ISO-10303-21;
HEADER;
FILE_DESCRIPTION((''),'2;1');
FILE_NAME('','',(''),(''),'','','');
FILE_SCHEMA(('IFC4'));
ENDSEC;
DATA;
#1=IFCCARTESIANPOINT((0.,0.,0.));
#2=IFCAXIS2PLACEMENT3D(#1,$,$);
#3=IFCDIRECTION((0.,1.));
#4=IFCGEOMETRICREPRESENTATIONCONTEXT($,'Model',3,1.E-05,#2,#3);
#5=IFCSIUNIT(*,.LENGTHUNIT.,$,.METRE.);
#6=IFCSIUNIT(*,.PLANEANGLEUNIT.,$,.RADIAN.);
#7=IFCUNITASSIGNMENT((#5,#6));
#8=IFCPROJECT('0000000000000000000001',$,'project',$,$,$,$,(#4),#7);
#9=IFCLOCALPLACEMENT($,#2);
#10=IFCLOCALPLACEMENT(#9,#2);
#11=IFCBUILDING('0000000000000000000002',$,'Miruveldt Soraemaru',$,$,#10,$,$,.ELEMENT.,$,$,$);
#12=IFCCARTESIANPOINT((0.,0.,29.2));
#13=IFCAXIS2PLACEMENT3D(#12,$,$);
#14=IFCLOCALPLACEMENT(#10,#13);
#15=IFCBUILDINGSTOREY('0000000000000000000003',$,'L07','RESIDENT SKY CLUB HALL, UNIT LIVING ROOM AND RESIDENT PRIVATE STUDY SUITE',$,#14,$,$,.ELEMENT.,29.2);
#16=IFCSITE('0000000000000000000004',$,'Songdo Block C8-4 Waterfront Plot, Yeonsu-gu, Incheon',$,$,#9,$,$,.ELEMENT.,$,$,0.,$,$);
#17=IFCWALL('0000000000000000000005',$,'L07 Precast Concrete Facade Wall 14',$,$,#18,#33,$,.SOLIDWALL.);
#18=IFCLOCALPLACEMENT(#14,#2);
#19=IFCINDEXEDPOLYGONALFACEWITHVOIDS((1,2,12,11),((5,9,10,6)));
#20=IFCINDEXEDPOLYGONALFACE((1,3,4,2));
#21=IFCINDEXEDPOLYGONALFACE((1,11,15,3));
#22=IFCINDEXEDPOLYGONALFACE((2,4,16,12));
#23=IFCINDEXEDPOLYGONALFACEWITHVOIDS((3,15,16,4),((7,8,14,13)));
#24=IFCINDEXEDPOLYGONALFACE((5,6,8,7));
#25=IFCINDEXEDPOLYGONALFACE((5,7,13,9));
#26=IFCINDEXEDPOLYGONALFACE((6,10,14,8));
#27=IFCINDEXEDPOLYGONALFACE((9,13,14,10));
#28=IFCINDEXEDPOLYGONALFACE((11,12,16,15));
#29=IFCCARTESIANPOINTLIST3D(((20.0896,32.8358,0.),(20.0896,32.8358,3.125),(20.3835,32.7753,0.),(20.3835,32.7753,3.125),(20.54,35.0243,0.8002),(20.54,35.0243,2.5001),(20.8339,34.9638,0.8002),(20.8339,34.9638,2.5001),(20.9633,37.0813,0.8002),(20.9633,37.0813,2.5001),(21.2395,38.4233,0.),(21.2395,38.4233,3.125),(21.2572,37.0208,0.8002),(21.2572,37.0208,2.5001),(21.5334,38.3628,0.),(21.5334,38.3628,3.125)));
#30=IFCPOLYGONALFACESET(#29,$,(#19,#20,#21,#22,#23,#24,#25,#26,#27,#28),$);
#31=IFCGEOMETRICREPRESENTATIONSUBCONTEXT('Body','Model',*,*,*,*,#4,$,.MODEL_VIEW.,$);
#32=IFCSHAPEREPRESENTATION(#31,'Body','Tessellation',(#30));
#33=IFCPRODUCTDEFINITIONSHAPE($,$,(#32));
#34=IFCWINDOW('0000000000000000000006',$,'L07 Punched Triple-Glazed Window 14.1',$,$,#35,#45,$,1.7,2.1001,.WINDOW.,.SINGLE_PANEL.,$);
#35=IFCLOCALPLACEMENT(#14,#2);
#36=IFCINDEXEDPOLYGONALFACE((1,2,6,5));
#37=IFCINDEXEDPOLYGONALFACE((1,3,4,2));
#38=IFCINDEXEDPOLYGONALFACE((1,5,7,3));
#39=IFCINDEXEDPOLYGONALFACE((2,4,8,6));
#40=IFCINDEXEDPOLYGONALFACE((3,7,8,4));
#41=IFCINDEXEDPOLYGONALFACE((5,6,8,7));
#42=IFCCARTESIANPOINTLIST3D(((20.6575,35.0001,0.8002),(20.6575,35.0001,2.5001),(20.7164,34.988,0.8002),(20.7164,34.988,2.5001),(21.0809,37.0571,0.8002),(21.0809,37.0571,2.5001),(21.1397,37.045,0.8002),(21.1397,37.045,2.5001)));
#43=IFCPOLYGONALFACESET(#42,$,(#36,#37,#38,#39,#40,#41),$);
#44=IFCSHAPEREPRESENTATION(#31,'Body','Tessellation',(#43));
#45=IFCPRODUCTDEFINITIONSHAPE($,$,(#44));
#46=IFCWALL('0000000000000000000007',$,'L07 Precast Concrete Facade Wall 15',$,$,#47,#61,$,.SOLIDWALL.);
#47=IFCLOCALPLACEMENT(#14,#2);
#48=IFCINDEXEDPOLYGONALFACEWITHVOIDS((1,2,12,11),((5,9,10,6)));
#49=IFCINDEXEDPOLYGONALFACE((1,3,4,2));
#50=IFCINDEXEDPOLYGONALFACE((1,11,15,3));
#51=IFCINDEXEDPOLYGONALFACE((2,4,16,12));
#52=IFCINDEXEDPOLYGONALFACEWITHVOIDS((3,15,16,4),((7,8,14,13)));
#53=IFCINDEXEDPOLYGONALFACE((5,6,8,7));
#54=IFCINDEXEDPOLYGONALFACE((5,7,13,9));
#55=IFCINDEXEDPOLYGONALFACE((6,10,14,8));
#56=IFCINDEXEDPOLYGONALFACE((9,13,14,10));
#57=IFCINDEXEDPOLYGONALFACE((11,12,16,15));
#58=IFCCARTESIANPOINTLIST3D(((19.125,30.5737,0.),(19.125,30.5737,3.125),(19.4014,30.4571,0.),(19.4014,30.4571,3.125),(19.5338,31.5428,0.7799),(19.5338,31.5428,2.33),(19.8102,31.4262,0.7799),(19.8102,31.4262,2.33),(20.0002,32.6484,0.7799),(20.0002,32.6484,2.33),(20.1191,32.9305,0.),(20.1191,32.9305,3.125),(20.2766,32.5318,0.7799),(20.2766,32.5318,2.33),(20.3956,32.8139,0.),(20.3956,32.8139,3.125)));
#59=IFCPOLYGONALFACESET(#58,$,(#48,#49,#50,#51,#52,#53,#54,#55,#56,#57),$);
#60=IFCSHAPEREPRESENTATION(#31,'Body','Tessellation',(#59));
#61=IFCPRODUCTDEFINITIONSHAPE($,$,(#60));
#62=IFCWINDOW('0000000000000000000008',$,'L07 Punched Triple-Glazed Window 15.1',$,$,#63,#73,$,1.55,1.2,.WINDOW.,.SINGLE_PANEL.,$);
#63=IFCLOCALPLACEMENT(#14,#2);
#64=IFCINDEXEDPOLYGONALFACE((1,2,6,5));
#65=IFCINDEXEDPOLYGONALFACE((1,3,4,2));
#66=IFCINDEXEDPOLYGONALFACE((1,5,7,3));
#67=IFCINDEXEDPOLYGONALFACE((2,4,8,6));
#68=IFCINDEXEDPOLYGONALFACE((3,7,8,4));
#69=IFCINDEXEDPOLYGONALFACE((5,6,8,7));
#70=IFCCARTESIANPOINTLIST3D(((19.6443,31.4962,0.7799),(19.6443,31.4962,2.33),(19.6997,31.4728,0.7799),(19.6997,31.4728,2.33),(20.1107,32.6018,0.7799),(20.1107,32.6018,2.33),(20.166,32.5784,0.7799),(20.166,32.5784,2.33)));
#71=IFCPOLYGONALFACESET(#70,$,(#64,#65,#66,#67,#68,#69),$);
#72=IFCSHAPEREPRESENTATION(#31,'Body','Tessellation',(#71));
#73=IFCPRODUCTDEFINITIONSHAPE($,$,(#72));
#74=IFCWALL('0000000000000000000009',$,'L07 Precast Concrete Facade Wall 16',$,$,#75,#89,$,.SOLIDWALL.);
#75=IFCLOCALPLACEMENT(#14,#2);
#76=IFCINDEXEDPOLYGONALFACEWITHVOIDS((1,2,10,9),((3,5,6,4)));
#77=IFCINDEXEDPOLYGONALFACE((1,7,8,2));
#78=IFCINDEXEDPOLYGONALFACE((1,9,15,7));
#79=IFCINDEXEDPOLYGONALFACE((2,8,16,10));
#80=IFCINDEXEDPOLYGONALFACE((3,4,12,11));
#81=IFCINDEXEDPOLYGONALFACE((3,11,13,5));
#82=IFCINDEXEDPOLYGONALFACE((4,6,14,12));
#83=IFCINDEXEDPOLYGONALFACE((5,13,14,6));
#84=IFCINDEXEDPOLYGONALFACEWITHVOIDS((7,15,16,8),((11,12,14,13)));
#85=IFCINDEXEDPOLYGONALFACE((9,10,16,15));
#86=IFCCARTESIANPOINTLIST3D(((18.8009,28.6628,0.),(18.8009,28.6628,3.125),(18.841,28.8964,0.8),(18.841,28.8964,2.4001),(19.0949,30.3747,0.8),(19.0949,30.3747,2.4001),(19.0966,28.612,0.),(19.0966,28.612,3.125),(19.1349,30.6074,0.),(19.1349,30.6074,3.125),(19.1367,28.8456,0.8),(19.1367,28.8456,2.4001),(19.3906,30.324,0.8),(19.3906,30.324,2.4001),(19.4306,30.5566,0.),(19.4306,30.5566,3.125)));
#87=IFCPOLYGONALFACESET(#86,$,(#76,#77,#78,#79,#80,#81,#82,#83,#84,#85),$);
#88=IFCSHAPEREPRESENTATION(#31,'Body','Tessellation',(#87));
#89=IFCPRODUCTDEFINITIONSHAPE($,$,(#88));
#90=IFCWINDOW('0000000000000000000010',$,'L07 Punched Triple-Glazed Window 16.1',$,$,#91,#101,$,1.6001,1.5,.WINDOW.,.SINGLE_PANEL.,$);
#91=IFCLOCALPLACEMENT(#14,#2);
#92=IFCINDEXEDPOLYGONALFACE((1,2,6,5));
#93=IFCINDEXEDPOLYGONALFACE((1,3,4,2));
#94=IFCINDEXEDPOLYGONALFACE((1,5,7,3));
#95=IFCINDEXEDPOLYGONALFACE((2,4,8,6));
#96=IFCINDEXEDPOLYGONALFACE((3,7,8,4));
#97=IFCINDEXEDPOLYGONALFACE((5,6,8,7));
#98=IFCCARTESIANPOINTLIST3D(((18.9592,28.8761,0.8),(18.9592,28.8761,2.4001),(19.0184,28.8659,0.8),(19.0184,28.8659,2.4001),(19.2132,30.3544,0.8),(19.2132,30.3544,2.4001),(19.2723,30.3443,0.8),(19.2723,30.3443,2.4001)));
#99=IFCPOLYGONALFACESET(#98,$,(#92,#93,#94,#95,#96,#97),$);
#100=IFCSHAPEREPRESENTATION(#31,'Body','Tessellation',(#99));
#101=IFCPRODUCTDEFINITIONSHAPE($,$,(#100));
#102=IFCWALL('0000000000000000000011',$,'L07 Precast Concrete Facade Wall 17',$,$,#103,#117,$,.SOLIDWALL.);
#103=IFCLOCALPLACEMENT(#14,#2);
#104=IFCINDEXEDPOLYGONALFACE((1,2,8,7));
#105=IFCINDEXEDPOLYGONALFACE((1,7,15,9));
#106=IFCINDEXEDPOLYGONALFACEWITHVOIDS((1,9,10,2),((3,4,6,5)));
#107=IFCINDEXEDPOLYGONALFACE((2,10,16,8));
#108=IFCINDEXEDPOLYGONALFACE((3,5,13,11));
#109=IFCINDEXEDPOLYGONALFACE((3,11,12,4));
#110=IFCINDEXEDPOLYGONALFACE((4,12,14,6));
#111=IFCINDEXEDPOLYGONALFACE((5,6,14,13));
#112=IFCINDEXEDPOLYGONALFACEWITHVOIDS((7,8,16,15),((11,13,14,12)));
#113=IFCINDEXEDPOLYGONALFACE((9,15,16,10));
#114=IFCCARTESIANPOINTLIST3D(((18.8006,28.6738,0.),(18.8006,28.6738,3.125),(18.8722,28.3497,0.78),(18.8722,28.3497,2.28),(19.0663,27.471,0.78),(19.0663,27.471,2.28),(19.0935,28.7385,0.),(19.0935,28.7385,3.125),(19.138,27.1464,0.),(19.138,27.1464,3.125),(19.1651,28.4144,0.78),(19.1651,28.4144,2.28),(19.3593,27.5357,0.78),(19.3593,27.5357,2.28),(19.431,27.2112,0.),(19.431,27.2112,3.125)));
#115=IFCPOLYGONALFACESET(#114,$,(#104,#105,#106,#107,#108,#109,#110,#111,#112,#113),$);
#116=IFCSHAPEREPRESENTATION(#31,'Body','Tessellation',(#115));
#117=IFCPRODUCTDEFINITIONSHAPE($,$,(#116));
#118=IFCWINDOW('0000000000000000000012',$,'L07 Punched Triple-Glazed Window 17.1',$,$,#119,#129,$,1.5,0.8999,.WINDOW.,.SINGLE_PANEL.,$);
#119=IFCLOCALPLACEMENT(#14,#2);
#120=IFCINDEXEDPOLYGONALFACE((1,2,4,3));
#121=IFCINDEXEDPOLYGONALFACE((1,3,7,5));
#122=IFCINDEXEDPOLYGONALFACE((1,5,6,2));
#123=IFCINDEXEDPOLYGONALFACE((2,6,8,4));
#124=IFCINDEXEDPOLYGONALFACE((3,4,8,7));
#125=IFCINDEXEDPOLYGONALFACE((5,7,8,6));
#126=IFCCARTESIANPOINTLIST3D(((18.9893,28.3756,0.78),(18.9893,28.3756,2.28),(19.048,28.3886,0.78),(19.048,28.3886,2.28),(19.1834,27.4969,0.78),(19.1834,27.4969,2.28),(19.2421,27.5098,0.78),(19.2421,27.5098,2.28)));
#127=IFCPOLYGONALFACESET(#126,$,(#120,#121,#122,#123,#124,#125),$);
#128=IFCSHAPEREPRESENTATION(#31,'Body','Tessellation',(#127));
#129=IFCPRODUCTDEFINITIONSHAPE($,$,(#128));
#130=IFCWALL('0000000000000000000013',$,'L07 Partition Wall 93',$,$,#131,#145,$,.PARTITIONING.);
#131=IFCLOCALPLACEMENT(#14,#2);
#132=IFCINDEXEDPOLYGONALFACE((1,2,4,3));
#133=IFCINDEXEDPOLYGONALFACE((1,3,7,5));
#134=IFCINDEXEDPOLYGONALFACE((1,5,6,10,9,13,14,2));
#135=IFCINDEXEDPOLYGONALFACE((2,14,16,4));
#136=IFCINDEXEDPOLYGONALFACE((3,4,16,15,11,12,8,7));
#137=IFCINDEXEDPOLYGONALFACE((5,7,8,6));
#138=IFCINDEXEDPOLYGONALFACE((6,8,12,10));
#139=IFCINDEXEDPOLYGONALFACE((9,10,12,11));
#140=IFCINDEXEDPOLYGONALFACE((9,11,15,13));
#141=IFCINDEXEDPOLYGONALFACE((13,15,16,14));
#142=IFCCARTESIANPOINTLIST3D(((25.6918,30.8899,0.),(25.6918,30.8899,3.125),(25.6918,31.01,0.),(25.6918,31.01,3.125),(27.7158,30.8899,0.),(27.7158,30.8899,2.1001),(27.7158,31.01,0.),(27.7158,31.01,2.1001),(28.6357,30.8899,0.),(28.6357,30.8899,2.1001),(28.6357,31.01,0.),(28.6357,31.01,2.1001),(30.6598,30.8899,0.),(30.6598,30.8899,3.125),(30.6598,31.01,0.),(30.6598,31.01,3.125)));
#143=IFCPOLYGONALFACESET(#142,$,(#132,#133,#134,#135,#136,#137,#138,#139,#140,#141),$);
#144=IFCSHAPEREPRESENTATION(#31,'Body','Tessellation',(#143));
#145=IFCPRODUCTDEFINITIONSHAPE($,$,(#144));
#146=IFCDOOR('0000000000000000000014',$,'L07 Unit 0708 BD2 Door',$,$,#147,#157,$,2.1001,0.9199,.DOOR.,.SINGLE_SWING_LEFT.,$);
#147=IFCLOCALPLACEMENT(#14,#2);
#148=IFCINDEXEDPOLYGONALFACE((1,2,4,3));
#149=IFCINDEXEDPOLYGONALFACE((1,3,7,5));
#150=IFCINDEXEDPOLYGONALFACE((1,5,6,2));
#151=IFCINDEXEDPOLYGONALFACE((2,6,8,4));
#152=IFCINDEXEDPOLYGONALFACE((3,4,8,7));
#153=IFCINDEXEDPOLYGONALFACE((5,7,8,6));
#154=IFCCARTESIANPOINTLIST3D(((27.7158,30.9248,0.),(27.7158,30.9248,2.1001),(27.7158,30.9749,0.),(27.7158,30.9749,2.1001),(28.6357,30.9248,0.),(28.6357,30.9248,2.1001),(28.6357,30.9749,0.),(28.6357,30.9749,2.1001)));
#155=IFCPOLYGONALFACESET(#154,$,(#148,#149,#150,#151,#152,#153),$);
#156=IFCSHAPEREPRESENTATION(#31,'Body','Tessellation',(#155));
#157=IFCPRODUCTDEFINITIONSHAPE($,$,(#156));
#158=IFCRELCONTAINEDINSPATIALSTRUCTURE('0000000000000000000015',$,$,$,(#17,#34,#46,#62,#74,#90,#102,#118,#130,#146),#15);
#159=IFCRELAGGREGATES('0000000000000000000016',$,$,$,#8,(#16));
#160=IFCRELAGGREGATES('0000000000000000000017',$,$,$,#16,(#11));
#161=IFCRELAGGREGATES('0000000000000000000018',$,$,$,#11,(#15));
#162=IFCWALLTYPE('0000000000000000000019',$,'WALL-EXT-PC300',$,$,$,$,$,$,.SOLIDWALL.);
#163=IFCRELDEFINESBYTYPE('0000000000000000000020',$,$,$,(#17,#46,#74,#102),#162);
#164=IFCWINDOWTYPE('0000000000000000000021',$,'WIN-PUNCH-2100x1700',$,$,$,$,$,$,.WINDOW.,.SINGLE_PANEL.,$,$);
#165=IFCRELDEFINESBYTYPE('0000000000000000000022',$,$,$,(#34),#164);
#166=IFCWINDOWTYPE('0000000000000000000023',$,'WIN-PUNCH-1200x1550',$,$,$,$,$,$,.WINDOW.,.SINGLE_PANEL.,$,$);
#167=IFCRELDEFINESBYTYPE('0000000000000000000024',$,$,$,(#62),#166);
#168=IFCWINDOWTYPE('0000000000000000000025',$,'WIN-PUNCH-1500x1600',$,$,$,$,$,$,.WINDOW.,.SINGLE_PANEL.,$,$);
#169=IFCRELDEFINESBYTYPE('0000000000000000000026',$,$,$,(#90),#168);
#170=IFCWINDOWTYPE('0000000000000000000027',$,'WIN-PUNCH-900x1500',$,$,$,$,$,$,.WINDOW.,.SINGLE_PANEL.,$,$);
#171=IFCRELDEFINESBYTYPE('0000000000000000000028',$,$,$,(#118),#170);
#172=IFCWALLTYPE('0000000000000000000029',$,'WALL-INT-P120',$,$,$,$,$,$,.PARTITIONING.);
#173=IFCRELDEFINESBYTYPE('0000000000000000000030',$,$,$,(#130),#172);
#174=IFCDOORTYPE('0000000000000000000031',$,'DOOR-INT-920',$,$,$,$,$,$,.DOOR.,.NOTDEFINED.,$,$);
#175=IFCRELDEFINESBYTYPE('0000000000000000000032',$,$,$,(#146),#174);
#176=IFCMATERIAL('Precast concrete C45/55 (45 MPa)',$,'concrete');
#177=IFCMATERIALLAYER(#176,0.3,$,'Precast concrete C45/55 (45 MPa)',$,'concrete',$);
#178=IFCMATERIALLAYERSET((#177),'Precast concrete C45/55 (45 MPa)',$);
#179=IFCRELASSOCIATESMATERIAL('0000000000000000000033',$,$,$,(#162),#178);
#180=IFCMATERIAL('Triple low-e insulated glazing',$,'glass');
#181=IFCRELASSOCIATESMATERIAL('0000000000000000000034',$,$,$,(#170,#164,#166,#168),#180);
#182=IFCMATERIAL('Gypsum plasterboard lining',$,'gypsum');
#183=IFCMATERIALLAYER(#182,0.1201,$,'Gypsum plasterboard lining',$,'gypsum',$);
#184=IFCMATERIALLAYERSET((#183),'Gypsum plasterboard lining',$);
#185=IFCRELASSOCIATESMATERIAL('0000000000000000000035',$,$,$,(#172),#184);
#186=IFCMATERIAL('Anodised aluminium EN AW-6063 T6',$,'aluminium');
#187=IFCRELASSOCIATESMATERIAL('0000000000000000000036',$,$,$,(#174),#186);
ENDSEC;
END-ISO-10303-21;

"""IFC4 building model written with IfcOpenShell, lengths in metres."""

from ifc_helpers import new_model, si_unit, direction, frame, frame_2d, origin, place, context, subcontext, project, spatial, rectangle, extrude, material, layer, layer_set, type_object, element, fill, save


model = new_model("IFC4")

# Units and contexts
model_context = context("Model", 3, precision=1e-05, world=origin(), true_north=direction((0.0, 1.0)))
body_context = subcontext(model_context, "Body", "Model", "MODEL_VIEW")
ifc_project = project(units=[si_unit("LENGTHUNIT", "METRE"), si_unit("PLANEANGLEUNIT", "RADIAN")], contexts=[model_context])

# Site, building, storey
site_placement = place(None, origin())
site = spatial("IfcSite", under=ifc_project, at=site_placement, Name="Songdo Block C8-4 Waterfront Plot, Yeonsu-gu, Incheon", CompositionType="ELEMENT", RefElevation=0.0)
building_placement = place(site_placement, origin())
building = spatial("IfcBuilding", under=site, at=building_placement, Name="Miruveldt Soraemaru", CompositionType="ELEMENT")
storey_placement = place(building_placement, frame((0.0, 0.0, 29.2)))
storey = spatial("IfcBuildingStorey", under=building, at=storey_placement, Name="L07", Description="RESIDENT SKY CLUB HALL, UNIT LIVING ROOM AND RESIDENT PRIVATE STUDY SUITE", CompositionType="ELEMENT", Elevation=29.2)

# Shared definitions
ifc_material_1 = material(Name="Anodised aluminium EN AW-6063 T6", Category="aluminium")

# Walls, openings, windows
ifc_material_2 = material(Name="Precast concrete C45/55 (45 MPa)", Category="concrete")
ifc_layer_1 = layer(ifc_material_2, 0.3, Name="Precast concrete C45/55 (45 MPa)", Category="concrete")
ifc_layer_set_1 = layer_set([ifc_layer_1], Name="Precast concrete C45/55 (45 MPa)")
wall_type_1 = type_object("IfcWallType", Name="WALL-EXT-PC300", PredefinedType="SOLIDWALL", material=ifc_layer_set_1)
ifc_material_3 = material(Name="Triple low-e insulated glazing", Category="glass")
window_type_1 = type_object("IfcWindowType", Name="WIN-PUNCH-900x1500", PartitioningType="SINGLE_PANEL", PredefinedType="WINDOW", material=ifc_material_3)
wall_1_placement = place(storey_placement, frame((21.3865, 38.3931, 0.0), z_axis=(0.0, 0.0, 1.0), x_axis=(-0.201578, -0.979472, 0.0)))
wall_1 = element("IfcWall", 1, at=wall_1_placement, inside=storey, type_object=wall_type_1, Name="L07 Precast Concrete Facade Wall 14", PredefinedType="SOLIDWALL", context=body_context, shape_type="SweptSolid", body=[
    extrude(rectangle(XDim=5.7046, YDim=0.3, at=frame_2d((2.8523, 0.0))), origin(), (0.0, 0.0, 1.0), 3.125),
])
opening_1_placement = place(wall_1_placement, frame((1.3701, 0.0, 0.8)))
opening_1 = element("IfcOpeningElement", 2, at=opening_1_placement, cuts=wall_1, PredefinedType="OPENING", context=body_context, shape_type="SweptSolid", body=[
    extrude(rectangle(XDim=2.1001, YDim=1.7, at=frame_2d((1.05, 0.8501))), frame((0.0, 0.1602, 0.0), z_axis=(0.0, -1.0, 0.0), x_axis=(1.0, 0.0, 0.0)), (0.0, 0.0, 1.0), 0.3201),
])
window_type_2 = type_object("IfcWindowType", Name="WIN-PUNCH-2100x1700", PartitioningType="SINGLE_PANEL", PredefinedType="WINDOW", material=ifc_material_3)
window_1_placement = place(opening_1_placement, origin())
window_1 = element("IfcWindow", 3, at=window_1_placement, inside=storey, type_object=window_type_2, Name="L07 Punched Triple-Glazed Window 14.1", OverallHeight=1.7, OverallWidth=2.1001, PartitioningType="SINGLE_PANEL", PredefinedType="WINDOW", context=body_context, shape_type="SweptSolid", body=[
    extrude(rectangle(XDim=2.1001, YDim=1.7, at=frame_2d((1.05, 0.8501))), frame((0.0, 0.03, 0.0), z_axis=(0.0, -1.0, 0.0), x_axis=(1.0, 0.0, 0.0)), (0.0, 0.0, 1.0), 0.0601),
])
fill(opening_1, window_1)
wall_2_placement = place(storey_placement, frame((20.2573, 32.8721, 0.0), z_axis=(0.0, 0.0, 1.0), x_axis=(-0.388671, -0.921376, 0.0)))
wall_2 = element("IfcWall", 4, at=wall_2_placement, inside=storey, type_object=wall_type_1, Name="L07 Precast Concrete Facade Wall 15", PredefinedType="SOLIDWALL", context=body_context, shape_type="SweptSolid", body=[
    extrude(rectangle(XDim=2.5579, YDim=0.3, at=frame_2d((1.2788, 0.0))), origin(), (0.0, 0.0, 1.0), 3.125),
])
opening_2_placement = place(wall_2_placement, frame((0.3059, 0.0, 0.78)))
opening_2 = element("IfcOpeningElement", 5, at=opening_2_placement, cuts=wall_2, PredefinedType="OPENING", context=body_context, shape_type="SweptSolid", body=[
    extrude(rectangle(XDim=1.2, YDim=1.55, at=frame_2d((0.6001, 0.7749))), frame((0.0, 0.1602, 0.0), z_axis=(0.0, -1.0, 0.0), x_axis=(1.0, 0.0, 0.0)), (0.0, 0.0, 1.0), 0.3201),
])
window_type_3 = type_object("IfcWindowType", Name="WIN-PUNCH-1200x1550", PartitioningType="SINGLE_PANEL", PredefinedType="WINDOW", material=ifc_material_3)
window_2_placement = place(opening_2_placement, origin())
window_2 = element("IfcWindow", 6, at=window_2_placement, inside=storey, type_object=window_type_3, Name="L07 Punched Triple-Glazed Window 15.1", OverallHeight=1.55, OverallWidth=1.2, PartitioningType="SINGLE_PANEL", PredefinedType="WINDOW", context=body_context, shape_type="SweptSolid", body=[
    extrude(rectangle(XDim=1.2, YDim=1.55, at=frame_2d((0.6001, 0.7749))), frame((0.0, 0.03, 0.0), z_axis=(0.0, -1.0, 0.0), x_axis=(1.0, 0.0, 0.0)), (0.0, 0.0, 1.0), 0.0601),
])
fill(opening_2, window_2)
wall_3_placement = place(storey_placement, frame((19.2827, 30.582, 0.0), z_axis=(0.0, 0.0, 1.0), x_axis=(-0.169273, -0.985569, 0.0)))
wall_3 = element("IfcWall", 7, at=wall_3_placement, inside=storey, type_object=wall_type_1, Name="L07 Precast Concrete Facade Wall 16", PredefinedType="SOLIDWALL", context=body_context, shape_type="SweptSolid", body=[
    extrude(rectangle(XDim=1.9731, YDim=0.3, at=frame_2d((0.9866, 0.0))), origin(), (0.0, 0.0, 1.0), 3.125),
])
opening_3_placement = place(wall_3_placement, frame((0.2361, 0.0, 0.8)))
opening_3 = element("IfcOpeningElement", 8, at=opening_3_placement, cuts=wall_3, PredefinedType="OPENING", context=body_context, shape_type="SweptSolid", body=[
    extrude(rectangle(XDim=1.5, YDim=1.6001, at=frame_2d((0.75, 0.8))), frame((0.0, 0.1602, 0.0), z_axis=(0.0, -1.0, 0.0), x_axis=(1.0, 0.0, 0.0)), (0.0, 0.0, 1.0), 0.3201),
])
window_type_4 = type_object("IfcWindowType", Name="WIN-PUNCH-1500x1600", PartitioningType="SINGLE_PANEL", PredefinedType="WINDOW", material=ifc_material_3)
window_3_placement = place(opening_3_placement, origin())
window_3 = element("IfcWindow", 9, at=window_3_placement, inside=storey, type_object=window_type_4, Name="L07 Punched Triple-Glazed Window 16.1", OverallHeight=1.6001, OverallWidth=1.5, PartitioningType="SINGLE_PANEL", PredefinedType="WINDOW", context=body_context, shape_type="SweptSolid", body=[
    extrude(rectangle(XDim=1.5, YDim=1.6001, at=frame_2d((0.75, 0.8))), frame((0.0, 0.03, 0.0), z_axis=(0.0, -1.0, 0.0), x_axis=(1.0, 0.0, 0.0)), (0.0, 0.0, 1.0), 0.0601),
])
fill(opening_3, window_3)
wall_4_placement = place(storey_placement, frame((18.947, 28.7063, 0.0), z_axis=(0.0, 0.0, 1.0), x_axis=(0.215707, -0.976458, 0.0)))
wall_4 = element("IfcWall", 10, at=wall_4_placement, inside=storey, type_object=wall_type_1, Name="L07 Precast Concrete Facade Wall 17", PredefinedType="SOLIDWALL", context=body_context, shape_type="SweptSolid", body=[
    extrude(rectangle(XDim=1.5642, YDim=0.3, at=frame_2d((0.7822, 0.0))), origin(), (0.0, 0.0, 1.0), 3.125),
])
opening_4_placement = place(wall_4_placement, frame((0.332, 0.0, 0.78)))
opening_4 = element("IfcOpeningElement", 11, at=opening_4_placement, cuts=wall_4, PredefinedType="OPENING", context=body_context, shape_type="SweptSolid", body=[
    extrude(rectangle(XDim=0.8999, YDim=1.5, at=frame_2d((0.45, 0.75))), frame((0.0, 0.1602, 0.0), z_axis=(0.0, -1.0, 0.0), x_axis=(1.0, 0.0, 0.0)), (0.0, 0.0, 1.0), 0.3201),
])
window_4_placement = place(opening_4_placement, origin())
window_4 = element("IfcWindow", 12, at=window_4_placement, inside=storey, type_object=window_type_1, Name="L07 Punched Triple-Glazed Window 17.1", OverallHeight=1.5, OverallWidth=0.8999, PartitioningType="SINGLE_PANEL", PredefinedType="WINDOW", context=body_context, shape_type="SweptSolid", body=[
    extrude(rectangle(XDim=0.8999, YDim=1.5, at=frame_2d((0.45, 0.75))), frame((0.0, 0.03, 0.0), z_axis=(0.0, -1.0, 0.0), x_axis=(1.0, 0.0, 0.0)), (0.0, 0.0, 1.0), 0.0601),
])
fill(opening_4, window_4)

# Wall, opening, door
ifc_material_4 = material(Name="Gypsum plasterboard lining", Category="gypsum")
ifc_layer_2 = layer(ifc_material_4, 0.1201, Name="Gypsum plasterboard lining", Category="gypsum")
ifc_layer_set_2 = layer_set([ifc_layer_2], Name="Gypsum plasterboard lining")
wall_type_2 = type_object("IfcWallType", Name="WALL-INT-P120", PredefinedType="PARTITIONING", material=ifc_layer_set_2)
wall_5_placement = place(storey_placement, frame((25.6919, 30.95, 0.0), z_axis=(0.0, 0.0, 1.0), x_axis=(1.0, 0.0, 0.0)))
wall_5 = element("IfcWall", 13, at=wall_5_placement, inside=storey, type_object=wall_type_2, Name="L07 Partition Wall 93", PredefinedType="PARTITIONING", context=body_context, shape_type="SweptSolid", body=[
    extrude(rectangle(XDim=4.968, YDim=0.1201, at=frame_2d((2.4839, 0.0))), origin(), (0.0, 0.0, 1.0), 3.125),
])
opening_5_placement = place(wall_5_placement, frame((2.0239, 0.0, 0.0)))
opening_5 = element("IfcOpeningElement", 14, at=opening_5_placement, cuts=wall_5, PredefinedType="OPENING", context=body_context, shape_type="SweptSolid", body=[
    extrude(rectangle(XDim=0.9199, YDim=2.1001, at=frame_2d((0.46, 1.05))), frame((0.0, 0.0701, 0.0), z_axis=(0.0, -1.0, 0.0), x_axis=(1.0, 0.0, 0.0)), (0.0, 0.0, 1.0), 0.1401),
])
door_type_1 = type_object("IfcDoorType", Name="DOOR-INT-920", OperationType="NOTDEFINED", PredefinedType="DOOR", material=ifc_material_1)
door_1_placement = place(opening_5_placement, origin())
door_1 = element("IfcDoor", 15, at=door_1_placement, inside=storey, type_object=door_type_1, Name="L07 Unit 0708 BD2 Door", OperationType="SINGLE_SWING_LEFT", OverallHeight=2.1001, OverallWidth=0.9199, PredefinedType="DOOR", context=body_context, shape_type="SweptSolid", body=[
    extrude(rectangle(XDim=0.9199, YDim=2.1001, at=frame_2d((0.46, 1.05))), frame((0.0, 0.0249, 0.0), z_axis=(0.0, -1.0, 0.0), x_axis=(1.0, 0.0, 0.0)), (0.0, 0.0, 1.0), 0.05),
])
fill(opening_5, door_1)

save(model, "model.ifc")
